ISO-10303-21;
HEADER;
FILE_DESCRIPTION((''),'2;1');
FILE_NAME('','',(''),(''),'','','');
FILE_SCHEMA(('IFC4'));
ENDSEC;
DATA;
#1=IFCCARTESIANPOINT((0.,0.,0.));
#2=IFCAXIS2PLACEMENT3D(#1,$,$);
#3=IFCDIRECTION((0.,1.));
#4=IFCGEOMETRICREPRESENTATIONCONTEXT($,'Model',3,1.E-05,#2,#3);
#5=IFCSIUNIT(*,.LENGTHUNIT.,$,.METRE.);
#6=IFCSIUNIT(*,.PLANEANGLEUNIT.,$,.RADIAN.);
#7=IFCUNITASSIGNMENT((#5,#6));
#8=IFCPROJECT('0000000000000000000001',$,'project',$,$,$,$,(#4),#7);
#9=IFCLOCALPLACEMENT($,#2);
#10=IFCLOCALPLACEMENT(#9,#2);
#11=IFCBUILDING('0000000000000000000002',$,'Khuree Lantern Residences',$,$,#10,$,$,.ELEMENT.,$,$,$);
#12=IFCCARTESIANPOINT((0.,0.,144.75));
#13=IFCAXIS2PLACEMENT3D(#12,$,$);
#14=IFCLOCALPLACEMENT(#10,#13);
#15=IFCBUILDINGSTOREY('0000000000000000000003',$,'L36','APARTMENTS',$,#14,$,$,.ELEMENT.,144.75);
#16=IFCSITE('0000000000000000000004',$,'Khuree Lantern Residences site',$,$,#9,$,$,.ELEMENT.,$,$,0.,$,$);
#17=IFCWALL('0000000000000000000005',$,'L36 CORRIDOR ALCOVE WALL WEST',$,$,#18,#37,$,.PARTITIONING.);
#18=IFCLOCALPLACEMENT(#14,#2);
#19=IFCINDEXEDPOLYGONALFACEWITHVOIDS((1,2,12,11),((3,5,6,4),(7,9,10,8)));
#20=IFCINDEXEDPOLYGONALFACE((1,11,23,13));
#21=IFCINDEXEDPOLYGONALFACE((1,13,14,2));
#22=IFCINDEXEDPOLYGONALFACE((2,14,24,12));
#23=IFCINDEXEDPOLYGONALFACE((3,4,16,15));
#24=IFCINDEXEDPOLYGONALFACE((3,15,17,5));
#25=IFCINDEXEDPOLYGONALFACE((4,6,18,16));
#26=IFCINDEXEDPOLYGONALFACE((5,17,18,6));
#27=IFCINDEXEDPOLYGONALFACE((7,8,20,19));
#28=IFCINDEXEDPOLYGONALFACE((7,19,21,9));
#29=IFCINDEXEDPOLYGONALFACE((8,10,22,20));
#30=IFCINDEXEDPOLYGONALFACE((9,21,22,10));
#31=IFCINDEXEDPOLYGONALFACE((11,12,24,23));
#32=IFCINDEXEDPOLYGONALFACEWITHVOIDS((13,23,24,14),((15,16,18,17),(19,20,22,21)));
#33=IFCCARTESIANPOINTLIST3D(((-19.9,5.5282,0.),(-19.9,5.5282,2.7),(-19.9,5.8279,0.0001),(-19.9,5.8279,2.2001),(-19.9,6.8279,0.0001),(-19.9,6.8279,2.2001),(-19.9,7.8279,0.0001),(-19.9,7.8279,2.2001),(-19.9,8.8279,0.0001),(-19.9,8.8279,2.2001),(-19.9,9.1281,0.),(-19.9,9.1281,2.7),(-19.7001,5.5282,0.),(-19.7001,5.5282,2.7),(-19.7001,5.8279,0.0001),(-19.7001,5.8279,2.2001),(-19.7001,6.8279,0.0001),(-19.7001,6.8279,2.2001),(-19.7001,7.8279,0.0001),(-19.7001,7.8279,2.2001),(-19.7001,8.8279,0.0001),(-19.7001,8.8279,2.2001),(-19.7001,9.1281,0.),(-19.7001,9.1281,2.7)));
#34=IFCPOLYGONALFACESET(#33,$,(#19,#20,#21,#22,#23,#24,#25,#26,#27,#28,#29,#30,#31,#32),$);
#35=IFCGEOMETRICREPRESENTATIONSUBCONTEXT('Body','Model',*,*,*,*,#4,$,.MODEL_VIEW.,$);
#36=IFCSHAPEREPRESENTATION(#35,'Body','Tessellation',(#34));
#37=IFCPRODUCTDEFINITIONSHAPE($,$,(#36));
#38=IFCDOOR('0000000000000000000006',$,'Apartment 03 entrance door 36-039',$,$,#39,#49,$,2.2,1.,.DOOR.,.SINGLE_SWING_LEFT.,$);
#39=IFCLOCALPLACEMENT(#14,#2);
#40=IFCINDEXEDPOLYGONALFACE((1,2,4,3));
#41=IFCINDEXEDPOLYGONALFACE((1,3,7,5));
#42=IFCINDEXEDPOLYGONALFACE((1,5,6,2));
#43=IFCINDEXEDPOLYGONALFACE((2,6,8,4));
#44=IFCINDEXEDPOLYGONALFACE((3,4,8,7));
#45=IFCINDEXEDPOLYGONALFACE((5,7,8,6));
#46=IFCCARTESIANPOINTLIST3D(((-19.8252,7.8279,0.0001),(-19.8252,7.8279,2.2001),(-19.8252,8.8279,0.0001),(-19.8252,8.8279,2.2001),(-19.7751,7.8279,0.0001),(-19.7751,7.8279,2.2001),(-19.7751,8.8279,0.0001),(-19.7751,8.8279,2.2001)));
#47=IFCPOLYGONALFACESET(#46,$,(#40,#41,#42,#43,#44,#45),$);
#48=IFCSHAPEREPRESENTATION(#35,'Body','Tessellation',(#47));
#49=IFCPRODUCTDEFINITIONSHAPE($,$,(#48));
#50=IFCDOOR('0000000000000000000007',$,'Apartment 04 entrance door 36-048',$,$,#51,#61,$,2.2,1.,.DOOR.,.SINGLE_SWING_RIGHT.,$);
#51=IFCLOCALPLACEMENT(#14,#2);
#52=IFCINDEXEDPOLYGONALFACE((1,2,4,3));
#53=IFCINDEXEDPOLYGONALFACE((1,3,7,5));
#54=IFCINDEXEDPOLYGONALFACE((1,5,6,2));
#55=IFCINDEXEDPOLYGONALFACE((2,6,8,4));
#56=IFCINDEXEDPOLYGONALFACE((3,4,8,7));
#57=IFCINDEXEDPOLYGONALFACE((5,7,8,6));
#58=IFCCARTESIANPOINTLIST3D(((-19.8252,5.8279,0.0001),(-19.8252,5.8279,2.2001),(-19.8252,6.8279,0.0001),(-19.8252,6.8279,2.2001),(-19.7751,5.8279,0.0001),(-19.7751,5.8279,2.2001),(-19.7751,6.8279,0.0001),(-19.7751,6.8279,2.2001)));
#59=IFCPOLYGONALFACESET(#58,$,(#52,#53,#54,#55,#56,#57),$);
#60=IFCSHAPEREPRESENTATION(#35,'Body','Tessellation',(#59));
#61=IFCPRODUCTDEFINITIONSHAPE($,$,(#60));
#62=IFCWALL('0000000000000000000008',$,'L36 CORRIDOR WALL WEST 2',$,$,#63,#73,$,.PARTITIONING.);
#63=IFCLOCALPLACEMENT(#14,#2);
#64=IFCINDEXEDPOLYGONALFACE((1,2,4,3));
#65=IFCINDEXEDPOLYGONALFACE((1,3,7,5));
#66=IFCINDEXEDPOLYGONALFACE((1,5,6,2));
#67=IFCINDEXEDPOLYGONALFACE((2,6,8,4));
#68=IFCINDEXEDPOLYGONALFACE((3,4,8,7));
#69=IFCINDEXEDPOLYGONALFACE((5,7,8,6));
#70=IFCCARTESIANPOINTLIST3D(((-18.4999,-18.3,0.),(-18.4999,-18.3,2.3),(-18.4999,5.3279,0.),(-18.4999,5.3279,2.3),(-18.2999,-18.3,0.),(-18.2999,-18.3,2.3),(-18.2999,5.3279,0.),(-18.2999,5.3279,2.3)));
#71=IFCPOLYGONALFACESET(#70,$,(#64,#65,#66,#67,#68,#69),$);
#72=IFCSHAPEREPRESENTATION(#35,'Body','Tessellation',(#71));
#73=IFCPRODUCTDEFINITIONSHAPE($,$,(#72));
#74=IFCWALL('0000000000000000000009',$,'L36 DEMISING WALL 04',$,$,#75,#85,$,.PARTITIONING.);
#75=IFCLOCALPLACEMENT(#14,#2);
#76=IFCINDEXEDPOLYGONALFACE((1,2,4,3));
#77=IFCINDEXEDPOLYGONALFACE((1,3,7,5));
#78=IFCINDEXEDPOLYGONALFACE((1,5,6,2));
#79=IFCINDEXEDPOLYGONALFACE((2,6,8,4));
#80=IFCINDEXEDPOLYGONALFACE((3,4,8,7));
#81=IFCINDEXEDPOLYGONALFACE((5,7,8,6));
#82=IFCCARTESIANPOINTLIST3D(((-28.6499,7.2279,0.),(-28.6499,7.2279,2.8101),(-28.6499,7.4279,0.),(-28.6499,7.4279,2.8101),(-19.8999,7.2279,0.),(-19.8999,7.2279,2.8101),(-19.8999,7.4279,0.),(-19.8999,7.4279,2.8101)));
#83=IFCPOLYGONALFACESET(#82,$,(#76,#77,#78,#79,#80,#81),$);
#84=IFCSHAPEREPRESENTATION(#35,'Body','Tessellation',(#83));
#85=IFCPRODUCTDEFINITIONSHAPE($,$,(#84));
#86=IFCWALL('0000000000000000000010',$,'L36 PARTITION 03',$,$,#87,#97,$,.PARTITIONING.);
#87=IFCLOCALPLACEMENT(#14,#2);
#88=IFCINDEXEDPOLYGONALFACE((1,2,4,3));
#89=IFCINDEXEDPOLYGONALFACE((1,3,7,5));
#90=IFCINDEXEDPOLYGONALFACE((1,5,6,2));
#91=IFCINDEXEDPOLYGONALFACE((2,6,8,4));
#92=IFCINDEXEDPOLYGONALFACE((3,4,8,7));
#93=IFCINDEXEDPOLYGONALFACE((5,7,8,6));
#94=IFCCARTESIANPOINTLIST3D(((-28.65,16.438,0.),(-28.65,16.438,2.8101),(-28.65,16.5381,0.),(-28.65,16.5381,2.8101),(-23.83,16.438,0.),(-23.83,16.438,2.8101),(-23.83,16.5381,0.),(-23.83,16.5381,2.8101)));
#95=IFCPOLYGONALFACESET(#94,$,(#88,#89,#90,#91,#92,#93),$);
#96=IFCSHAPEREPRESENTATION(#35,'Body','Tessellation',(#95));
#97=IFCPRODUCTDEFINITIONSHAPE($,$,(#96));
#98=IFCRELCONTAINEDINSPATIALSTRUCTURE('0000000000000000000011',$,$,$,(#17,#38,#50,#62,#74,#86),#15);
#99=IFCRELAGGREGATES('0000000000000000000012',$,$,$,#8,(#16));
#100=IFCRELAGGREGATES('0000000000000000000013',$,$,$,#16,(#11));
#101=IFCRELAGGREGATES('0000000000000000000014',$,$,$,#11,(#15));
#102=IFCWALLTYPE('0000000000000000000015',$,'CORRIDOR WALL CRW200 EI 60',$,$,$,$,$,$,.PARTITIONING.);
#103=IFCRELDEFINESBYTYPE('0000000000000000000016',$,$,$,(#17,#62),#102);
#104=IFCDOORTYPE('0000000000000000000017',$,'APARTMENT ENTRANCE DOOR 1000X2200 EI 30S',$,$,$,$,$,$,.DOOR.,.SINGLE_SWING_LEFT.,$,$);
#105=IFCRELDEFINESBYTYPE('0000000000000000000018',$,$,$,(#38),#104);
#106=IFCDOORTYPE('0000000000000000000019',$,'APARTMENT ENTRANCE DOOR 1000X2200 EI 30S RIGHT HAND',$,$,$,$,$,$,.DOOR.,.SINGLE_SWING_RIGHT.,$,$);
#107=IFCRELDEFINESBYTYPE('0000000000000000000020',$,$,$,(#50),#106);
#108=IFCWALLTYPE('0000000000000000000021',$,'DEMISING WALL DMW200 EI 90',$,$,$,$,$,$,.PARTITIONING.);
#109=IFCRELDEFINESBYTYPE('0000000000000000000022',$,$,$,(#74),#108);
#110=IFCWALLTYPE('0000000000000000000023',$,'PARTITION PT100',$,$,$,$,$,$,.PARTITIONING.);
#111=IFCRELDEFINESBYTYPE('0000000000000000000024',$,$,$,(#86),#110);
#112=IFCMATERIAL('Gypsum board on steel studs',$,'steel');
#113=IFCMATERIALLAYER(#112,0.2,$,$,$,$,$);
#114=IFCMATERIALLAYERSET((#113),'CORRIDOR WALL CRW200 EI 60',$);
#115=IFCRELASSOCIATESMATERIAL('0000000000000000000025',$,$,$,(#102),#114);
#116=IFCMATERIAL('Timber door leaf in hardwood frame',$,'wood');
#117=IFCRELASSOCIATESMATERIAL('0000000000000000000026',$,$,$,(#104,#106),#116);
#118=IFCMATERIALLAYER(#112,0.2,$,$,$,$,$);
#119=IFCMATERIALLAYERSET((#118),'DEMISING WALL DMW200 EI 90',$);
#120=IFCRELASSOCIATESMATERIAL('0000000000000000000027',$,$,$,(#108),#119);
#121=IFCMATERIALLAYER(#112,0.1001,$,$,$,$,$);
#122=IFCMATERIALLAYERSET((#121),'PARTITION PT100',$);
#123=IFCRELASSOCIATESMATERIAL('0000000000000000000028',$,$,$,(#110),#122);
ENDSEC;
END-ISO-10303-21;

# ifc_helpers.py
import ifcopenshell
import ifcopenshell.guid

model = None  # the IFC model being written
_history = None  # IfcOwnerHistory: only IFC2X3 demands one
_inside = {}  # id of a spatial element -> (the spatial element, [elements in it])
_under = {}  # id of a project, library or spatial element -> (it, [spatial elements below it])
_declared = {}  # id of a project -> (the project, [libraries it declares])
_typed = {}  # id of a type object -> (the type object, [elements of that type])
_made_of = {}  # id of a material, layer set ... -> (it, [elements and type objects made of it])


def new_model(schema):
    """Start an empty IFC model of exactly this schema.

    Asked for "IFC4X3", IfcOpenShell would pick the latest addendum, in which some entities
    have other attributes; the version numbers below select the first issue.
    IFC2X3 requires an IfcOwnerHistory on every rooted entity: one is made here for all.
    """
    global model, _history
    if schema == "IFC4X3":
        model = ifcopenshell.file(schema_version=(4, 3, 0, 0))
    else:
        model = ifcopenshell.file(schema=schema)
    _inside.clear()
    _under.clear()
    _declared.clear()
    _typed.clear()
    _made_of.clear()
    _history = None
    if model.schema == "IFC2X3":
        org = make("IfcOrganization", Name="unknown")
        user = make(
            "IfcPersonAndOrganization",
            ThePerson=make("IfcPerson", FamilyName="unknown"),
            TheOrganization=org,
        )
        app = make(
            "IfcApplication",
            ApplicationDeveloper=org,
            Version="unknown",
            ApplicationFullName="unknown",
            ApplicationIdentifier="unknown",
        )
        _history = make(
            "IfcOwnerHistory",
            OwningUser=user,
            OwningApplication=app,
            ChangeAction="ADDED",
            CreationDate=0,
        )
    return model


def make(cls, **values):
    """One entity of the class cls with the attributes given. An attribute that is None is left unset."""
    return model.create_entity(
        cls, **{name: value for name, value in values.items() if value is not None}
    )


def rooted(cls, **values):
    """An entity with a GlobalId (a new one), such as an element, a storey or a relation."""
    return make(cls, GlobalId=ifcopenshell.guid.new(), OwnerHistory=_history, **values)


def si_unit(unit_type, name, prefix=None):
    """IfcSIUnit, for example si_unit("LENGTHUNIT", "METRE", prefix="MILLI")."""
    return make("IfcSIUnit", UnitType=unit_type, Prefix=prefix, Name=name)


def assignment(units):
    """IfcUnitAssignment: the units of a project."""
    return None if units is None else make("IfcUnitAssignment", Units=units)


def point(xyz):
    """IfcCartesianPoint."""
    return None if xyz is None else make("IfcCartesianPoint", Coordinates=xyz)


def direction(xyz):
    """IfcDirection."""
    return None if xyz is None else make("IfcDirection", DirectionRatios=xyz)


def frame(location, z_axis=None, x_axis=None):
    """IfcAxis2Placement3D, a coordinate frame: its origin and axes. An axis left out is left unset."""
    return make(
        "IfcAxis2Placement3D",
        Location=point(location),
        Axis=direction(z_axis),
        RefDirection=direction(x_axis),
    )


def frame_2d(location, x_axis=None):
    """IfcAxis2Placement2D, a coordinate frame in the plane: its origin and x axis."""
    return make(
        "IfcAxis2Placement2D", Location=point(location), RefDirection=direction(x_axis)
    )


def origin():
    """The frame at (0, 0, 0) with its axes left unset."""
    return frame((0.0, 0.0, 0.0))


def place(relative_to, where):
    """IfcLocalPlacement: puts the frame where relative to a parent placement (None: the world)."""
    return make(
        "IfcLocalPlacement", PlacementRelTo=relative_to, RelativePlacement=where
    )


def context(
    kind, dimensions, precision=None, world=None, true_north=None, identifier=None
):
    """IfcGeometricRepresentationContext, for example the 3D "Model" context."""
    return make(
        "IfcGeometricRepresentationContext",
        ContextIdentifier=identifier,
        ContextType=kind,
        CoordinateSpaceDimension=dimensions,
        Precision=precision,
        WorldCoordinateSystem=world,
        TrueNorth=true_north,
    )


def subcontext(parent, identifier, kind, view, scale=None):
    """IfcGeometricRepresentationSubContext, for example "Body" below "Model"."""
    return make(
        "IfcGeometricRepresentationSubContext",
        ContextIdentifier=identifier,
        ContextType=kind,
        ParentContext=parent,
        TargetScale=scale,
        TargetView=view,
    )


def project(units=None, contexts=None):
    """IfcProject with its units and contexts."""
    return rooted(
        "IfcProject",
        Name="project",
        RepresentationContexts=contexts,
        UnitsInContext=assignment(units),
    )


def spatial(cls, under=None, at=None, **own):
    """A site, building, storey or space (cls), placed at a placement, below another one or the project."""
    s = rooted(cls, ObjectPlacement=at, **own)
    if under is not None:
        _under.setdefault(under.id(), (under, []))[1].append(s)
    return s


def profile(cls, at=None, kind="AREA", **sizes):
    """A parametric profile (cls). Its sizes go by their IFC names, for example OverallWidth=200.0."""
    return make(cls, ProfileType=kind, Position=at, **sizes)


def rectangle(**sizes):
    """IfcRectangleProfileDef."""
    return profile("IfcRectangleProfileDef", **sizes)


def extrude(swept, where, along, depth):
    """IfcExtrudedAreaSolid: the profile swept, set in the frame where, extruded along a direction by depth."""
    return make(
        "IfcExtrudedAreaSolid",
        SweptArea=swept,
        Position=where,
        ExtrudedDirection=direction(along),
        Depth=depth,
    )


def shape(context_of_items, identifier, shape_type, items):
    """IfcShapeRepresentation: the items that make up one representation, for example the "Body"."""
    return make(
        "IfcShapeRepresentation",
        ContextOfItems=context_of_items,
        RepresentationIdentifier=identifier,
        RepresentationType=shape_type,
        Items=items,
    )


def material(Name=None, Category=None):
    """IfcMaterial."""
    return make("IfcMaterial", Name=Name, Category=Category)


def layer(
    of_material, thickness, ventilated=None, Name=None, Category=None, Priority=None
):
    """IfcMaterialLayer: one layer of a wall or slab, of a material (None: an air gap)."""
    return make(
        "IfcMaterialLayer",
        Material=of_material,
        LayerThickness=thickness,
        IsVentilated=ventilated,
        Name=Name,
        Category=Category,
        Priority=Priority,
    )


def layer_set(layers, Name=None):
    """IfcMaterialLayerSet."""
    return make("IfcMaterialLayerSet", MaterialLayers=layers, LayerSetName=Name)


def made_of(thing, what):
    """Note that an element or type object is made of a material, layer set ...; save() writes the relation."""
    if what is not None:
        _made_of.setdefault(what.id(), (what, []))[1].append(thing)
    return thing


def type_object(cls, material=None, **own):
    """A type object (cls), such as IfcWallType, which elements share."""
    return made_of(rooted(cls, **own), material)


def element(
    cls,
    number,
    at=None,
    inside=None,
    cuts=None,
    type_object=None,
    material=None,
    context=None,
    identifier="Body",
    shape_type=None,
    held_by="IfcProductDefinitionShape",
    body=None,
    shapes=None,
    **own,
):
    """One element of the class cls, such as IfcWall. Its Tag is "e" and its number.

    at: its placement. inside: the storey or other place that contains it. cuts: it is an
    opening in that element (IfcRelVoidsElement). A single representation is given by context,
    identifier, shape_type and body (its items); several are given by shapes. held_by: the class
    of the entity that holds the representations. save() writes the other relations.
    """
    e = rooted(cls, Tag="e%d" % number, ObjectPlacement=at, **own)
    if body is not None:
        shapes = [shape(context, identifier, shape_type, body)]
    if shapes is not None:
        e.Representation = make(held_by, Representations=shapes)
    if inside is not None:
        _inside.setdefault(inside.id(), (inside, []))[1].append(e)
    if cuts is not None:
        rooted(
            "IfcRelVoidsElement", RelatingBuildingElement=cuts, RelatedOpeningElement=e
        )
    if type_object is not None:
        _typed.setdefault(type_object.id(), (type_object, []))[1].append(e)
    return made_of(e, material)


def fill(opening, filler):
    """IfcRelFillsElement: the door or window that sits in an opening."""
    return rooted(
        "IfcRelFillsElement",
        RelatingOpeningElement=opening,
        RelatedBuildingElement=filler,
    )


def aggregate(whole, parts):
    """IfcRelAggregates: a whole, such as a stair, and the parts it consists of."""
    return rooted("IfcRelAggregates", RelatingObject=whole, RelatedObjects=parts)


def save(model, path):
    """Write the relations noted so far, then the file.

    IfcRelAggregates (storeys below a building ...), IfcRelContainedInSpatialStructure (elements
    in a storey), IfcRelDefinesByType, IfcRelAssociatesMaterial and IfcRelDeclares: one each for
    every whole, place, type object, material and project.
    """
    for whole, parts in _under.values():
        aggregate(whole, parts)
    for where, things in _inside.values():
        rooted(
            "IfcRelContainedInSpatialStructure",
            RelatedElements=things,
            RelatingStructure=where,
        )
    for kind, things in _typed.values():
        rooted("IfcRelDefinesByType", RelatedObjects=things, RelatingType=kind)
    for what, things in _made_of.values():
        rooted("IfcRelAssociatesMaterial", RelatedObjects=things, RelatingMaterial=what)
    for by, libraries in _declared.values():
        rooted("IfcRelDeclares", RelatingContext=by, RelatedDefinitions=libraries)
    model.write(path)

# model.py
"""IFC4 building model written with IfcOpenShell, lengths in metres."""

from ifc_helpers import new_model, si_unit, direction, frame, frame_2d, origin, place, context, subcontext, project, spatial, rectangle, extrude, material, layer, layer_set, type_object, element, fill, save


model = new_model("IFC4")

# Units and contexts
model_context = context("Model", 3, precision=1e-05, world=origin(), true_north=direction((0.0, 1.0)))
body_context = subcontext(model_context, "Body", "Model", "MODEL_VIEW")
ifc_project = project(units=[si_unit("LENGTHUNIT", "METRE"), si_unit("PLANEANGLEUNIT", "RADIAN")], contexts=[model_context])

# Site, building, storey
site_placement = place(None, origin())
site = spatial("IfcSite", under=ifc_project, at=site_placement, Name="Khuree Lantern Residences site", CompositionType="ELEMENT", RefElevation=0.0)
building_placement = place(site_placement, origin())
building = spatial("IfcBuilding", under=site, at=building_placement, Name="Khuree Lantern Residences", CompositionType="ELEMENT")
storey_placement = place(building_placement, frame((0.0, 0.0, 144.75)))
storey = spatial("IfcBuildingStorey", under=building, at=storey_placement, Name="L36", Description="APARTMENTS", CompositionType="ELEMENT", Elevation=144.75)

# Shared definitions
ifc_material_1 = material(Name="Timber door leaf in hardwood frame", Category="wood")

# Shared definitions
ifc_material_2 = material(Name="Gypsum board on steel studs", Category="steel")
ifc_layer_1 = layer(ifc_material_2, 0.2)
ifc_layer_set_1 = layer_set([ifc_layer_1], Name="CORRIDOR WALL CRW200 EI 60")
wall_type_1 = type_object("IfcWallType", Name="CORRIDOR WALL CRW200 EI 60", PredefinedType="PARTITIONING", material=ifc_layer_set_1)

# Wall, openings, doors
wall_1_placement = place(storey_placement, frame((-19.8, 9.1279, 0.0), z_axis=(0.0, 0.0, 1.0), x_axis=(0.0, -1.0, 0.0)))
wall_1 = element("IfcWall", 1, at=wall_1_placement, inside=storey, type_object=wall_type_1, Name="L36 CORRIDOR ALCOVE WALL WEST", PredefinedType="PARTITIONING", context=body_context, shape_type="SweptSolid", body=[
    extrude(rectangle(XDim=3.5999, YDim=0.2, at=frame_2d((1.7998, 0.0))), origin(), (0.0, 0.0, 1.0), 2.7),
])
opening_1_placement = place(wall_1_placement, frame((0.3, 0.0, 0.0)))
opening_1 = element("IfcOpeningElement", 2, at=opening_1_placement, cuts=wall_1, PredefinedType="OPENING", context=body_context, shape_type="SweptSolid", body=[
    extrude(rectangle(XDim=1.0, YDim=2.2, at=frame_2d((0.5, 1.1001))), frame((0.0, 0.1099, 0.0), z_axis=(0.0, -1.0, 0.0), x_axis=(1.0, 0.0, 0.0)), (0.0, 0.0, 1.0), 0.22),
])
opening_2_placement = place(wall_1_placement, frame((2.3, 0.0, 0.0)))
opening_2 = element("IfcOpeningElement", 3, at=opening_2_placement, cuts=wall_1, PredefinedType="OPENING", context=body_context, shape_type="SweptSolid", body=[
    extrude(rectangle(XDim=1.0, YDim=2.2, at=frame_2d((0.5, 1.1001))), frame((0.0, 0.1099, 0.0), z_axis=(0.0, -1.0, 0.0), x_axis=(1.0, 0.0, 0.0)), (0.0, 0.0, 1.0), 0.22),
])
door_type_1 = type_object("IfcDoorType", Name="APARTMENT ENTRANCE DOOR 1000X2200 EI 30S", OperationType="SINGLE_SWING_LEFT", PredefinedType="DOOR", material=ifc_material_1)
door_1_placement = place(opening_1_placement, origin())
door_1 = element("IfcDoor", 4, at=door_1_placement, inside=storey, type_object=door_type_1, Name="Apartment 03 entrance door 36-039", OperationType="SINGLE_SWING_LEFT", OverallHeight=2.2, OverallWidth=1.0, PredefinedType="DOOR", context=body_context, shape_type="SweptSolid", body=[
    extrude(rectangle(XDim=1.0, YDim=2.2, at=frame_2d((0.5, 1.1001))), frame((0.0, 0.0249, 0.0), z_axis=(0.0, -1.0, 0.0), x_axis=(1.0, 0.0, 0.0)), (0.0, 0.0, 1.0), 0.05),
])
fill(opening_1, door_1)
door_type_2 = type_object("IfcDoorType", Name="APARTMENT ENTRANCE DOOR 1000X2200 EI 30S RIGHT HAND", OperationType="SINGLE_SWING_RIGHT", PredefinedType="DOOR", material=ifc_material_1)
door_2_placement = place(opening_2_placement, origin())
door_2 = element("IfcDoor", 5, at=door_2_placement, inside=storey, type_object=door_type_2, Name="Apartment 04 entrance door 36-048", OperationType="SINGLE_SWING_RIGHT", OverallHeight=2.2, OverallWidth=1.0, PredefinedType="DOOR", context=body_context, shape_type="SweptSolid", body=[
    extrude(rectangle(XDim=1.0, YDim=2.2, at=frame_2d((0.5, 1.1001))), frame((0.0, 0.0249, 0.0), z_axis=(0.0, -1.0, 0.0), x_axis=(1.0, 0.0, 0.0)), (0.0, 0.0, 1.0), 0.05),
])
fill(opening_2, door_2)

# Walls
wall_2_placement = place(storey_placement, frame((-18.3999, 5.3279, 0.0), z_axis=(0.0, 0.0, 1.0), x_axis=(0.0, -1.0, 0.0)))
element("IfcWall", 6, at=wall_2_placement, inside=storey, type_object=wall_type_1, Name="L36 CORRIDOR WALL WEST 2", PredefinedType="PARTITIONING", context=body_context, shape_type="SweptSolid", body=[
    extrude(rectangle(XDim=23.6279, YDim=0.2, at=frame_2d((11.814, 0.0))), origin(), (0.0, 0.0, 1.0), 2.3),
])
ifc_layer_2 = layer(ifc_material_2, 0.2)
ifc_layer_set_2 = layer_set([ifc_layer_2], Name="DEMISING WALL DMW200 EI 90")
wall_type_2 = type_object("IfcWallType", Name="DEMISING WALL DMW200 EI 90", PredefinedType="PARTITIONING", material=ifc_layer_set_2)
wall_3_placement = place(storey_placement, frame((-19.8999, 7.3279, 0.0), z_axis=(0.0, 0.0, 1.0), x_axis=(-1.0, 0.0, 0.0)))
element("IfcWall", 7, at=wall_3_placement, inside=storey, type_object=wall_type_2, Name="L36 DEMISING WALL 04", PredefinedType="PARTITIONING", context=body_context, shape_type="SweptSolid", body=[
    extrude(rectangle(XDim=8.75, YDim=0.2, at=frame_2d((4.375, 0.0))), origin(), (0.0, 0.0, 1.0), 2.8101),
])
ifc_layer_3 = layer(ifc_material_2, 0.1001)
ifc_layer_set_3 = layer_set([ifc_layer_3], Name="PARTITION PT100")
wall_type_3 = type_object("IfcWallType", Name="PARTITION PT100", PredefinedType="PARTITIONING", material=ifc_layer_set_3)
wall_4_placement = place(storey_placement, frame((-23.8298, 16.488, 0.0), z_axis=(0.0, 0.0, 1.0), x_axis=(-1.0, 0.0, 0.0)))
element("IfcWall", 8, at=wall_4_placement, inside=storey, type_object=wall_type_3, Name="L36 PARTITION 03", PredefinedType="PARTITIONING", context=body_context, shape_type="SweptSolid", body=[
    extrude(rectangle(XDim=4.8201, YDim=0.1001, at=frame_2d((2.4102, 0.0))), origin(), (0.0, 0.0, 1.0), 2.8101),
])

save(model, "model.ifc")
